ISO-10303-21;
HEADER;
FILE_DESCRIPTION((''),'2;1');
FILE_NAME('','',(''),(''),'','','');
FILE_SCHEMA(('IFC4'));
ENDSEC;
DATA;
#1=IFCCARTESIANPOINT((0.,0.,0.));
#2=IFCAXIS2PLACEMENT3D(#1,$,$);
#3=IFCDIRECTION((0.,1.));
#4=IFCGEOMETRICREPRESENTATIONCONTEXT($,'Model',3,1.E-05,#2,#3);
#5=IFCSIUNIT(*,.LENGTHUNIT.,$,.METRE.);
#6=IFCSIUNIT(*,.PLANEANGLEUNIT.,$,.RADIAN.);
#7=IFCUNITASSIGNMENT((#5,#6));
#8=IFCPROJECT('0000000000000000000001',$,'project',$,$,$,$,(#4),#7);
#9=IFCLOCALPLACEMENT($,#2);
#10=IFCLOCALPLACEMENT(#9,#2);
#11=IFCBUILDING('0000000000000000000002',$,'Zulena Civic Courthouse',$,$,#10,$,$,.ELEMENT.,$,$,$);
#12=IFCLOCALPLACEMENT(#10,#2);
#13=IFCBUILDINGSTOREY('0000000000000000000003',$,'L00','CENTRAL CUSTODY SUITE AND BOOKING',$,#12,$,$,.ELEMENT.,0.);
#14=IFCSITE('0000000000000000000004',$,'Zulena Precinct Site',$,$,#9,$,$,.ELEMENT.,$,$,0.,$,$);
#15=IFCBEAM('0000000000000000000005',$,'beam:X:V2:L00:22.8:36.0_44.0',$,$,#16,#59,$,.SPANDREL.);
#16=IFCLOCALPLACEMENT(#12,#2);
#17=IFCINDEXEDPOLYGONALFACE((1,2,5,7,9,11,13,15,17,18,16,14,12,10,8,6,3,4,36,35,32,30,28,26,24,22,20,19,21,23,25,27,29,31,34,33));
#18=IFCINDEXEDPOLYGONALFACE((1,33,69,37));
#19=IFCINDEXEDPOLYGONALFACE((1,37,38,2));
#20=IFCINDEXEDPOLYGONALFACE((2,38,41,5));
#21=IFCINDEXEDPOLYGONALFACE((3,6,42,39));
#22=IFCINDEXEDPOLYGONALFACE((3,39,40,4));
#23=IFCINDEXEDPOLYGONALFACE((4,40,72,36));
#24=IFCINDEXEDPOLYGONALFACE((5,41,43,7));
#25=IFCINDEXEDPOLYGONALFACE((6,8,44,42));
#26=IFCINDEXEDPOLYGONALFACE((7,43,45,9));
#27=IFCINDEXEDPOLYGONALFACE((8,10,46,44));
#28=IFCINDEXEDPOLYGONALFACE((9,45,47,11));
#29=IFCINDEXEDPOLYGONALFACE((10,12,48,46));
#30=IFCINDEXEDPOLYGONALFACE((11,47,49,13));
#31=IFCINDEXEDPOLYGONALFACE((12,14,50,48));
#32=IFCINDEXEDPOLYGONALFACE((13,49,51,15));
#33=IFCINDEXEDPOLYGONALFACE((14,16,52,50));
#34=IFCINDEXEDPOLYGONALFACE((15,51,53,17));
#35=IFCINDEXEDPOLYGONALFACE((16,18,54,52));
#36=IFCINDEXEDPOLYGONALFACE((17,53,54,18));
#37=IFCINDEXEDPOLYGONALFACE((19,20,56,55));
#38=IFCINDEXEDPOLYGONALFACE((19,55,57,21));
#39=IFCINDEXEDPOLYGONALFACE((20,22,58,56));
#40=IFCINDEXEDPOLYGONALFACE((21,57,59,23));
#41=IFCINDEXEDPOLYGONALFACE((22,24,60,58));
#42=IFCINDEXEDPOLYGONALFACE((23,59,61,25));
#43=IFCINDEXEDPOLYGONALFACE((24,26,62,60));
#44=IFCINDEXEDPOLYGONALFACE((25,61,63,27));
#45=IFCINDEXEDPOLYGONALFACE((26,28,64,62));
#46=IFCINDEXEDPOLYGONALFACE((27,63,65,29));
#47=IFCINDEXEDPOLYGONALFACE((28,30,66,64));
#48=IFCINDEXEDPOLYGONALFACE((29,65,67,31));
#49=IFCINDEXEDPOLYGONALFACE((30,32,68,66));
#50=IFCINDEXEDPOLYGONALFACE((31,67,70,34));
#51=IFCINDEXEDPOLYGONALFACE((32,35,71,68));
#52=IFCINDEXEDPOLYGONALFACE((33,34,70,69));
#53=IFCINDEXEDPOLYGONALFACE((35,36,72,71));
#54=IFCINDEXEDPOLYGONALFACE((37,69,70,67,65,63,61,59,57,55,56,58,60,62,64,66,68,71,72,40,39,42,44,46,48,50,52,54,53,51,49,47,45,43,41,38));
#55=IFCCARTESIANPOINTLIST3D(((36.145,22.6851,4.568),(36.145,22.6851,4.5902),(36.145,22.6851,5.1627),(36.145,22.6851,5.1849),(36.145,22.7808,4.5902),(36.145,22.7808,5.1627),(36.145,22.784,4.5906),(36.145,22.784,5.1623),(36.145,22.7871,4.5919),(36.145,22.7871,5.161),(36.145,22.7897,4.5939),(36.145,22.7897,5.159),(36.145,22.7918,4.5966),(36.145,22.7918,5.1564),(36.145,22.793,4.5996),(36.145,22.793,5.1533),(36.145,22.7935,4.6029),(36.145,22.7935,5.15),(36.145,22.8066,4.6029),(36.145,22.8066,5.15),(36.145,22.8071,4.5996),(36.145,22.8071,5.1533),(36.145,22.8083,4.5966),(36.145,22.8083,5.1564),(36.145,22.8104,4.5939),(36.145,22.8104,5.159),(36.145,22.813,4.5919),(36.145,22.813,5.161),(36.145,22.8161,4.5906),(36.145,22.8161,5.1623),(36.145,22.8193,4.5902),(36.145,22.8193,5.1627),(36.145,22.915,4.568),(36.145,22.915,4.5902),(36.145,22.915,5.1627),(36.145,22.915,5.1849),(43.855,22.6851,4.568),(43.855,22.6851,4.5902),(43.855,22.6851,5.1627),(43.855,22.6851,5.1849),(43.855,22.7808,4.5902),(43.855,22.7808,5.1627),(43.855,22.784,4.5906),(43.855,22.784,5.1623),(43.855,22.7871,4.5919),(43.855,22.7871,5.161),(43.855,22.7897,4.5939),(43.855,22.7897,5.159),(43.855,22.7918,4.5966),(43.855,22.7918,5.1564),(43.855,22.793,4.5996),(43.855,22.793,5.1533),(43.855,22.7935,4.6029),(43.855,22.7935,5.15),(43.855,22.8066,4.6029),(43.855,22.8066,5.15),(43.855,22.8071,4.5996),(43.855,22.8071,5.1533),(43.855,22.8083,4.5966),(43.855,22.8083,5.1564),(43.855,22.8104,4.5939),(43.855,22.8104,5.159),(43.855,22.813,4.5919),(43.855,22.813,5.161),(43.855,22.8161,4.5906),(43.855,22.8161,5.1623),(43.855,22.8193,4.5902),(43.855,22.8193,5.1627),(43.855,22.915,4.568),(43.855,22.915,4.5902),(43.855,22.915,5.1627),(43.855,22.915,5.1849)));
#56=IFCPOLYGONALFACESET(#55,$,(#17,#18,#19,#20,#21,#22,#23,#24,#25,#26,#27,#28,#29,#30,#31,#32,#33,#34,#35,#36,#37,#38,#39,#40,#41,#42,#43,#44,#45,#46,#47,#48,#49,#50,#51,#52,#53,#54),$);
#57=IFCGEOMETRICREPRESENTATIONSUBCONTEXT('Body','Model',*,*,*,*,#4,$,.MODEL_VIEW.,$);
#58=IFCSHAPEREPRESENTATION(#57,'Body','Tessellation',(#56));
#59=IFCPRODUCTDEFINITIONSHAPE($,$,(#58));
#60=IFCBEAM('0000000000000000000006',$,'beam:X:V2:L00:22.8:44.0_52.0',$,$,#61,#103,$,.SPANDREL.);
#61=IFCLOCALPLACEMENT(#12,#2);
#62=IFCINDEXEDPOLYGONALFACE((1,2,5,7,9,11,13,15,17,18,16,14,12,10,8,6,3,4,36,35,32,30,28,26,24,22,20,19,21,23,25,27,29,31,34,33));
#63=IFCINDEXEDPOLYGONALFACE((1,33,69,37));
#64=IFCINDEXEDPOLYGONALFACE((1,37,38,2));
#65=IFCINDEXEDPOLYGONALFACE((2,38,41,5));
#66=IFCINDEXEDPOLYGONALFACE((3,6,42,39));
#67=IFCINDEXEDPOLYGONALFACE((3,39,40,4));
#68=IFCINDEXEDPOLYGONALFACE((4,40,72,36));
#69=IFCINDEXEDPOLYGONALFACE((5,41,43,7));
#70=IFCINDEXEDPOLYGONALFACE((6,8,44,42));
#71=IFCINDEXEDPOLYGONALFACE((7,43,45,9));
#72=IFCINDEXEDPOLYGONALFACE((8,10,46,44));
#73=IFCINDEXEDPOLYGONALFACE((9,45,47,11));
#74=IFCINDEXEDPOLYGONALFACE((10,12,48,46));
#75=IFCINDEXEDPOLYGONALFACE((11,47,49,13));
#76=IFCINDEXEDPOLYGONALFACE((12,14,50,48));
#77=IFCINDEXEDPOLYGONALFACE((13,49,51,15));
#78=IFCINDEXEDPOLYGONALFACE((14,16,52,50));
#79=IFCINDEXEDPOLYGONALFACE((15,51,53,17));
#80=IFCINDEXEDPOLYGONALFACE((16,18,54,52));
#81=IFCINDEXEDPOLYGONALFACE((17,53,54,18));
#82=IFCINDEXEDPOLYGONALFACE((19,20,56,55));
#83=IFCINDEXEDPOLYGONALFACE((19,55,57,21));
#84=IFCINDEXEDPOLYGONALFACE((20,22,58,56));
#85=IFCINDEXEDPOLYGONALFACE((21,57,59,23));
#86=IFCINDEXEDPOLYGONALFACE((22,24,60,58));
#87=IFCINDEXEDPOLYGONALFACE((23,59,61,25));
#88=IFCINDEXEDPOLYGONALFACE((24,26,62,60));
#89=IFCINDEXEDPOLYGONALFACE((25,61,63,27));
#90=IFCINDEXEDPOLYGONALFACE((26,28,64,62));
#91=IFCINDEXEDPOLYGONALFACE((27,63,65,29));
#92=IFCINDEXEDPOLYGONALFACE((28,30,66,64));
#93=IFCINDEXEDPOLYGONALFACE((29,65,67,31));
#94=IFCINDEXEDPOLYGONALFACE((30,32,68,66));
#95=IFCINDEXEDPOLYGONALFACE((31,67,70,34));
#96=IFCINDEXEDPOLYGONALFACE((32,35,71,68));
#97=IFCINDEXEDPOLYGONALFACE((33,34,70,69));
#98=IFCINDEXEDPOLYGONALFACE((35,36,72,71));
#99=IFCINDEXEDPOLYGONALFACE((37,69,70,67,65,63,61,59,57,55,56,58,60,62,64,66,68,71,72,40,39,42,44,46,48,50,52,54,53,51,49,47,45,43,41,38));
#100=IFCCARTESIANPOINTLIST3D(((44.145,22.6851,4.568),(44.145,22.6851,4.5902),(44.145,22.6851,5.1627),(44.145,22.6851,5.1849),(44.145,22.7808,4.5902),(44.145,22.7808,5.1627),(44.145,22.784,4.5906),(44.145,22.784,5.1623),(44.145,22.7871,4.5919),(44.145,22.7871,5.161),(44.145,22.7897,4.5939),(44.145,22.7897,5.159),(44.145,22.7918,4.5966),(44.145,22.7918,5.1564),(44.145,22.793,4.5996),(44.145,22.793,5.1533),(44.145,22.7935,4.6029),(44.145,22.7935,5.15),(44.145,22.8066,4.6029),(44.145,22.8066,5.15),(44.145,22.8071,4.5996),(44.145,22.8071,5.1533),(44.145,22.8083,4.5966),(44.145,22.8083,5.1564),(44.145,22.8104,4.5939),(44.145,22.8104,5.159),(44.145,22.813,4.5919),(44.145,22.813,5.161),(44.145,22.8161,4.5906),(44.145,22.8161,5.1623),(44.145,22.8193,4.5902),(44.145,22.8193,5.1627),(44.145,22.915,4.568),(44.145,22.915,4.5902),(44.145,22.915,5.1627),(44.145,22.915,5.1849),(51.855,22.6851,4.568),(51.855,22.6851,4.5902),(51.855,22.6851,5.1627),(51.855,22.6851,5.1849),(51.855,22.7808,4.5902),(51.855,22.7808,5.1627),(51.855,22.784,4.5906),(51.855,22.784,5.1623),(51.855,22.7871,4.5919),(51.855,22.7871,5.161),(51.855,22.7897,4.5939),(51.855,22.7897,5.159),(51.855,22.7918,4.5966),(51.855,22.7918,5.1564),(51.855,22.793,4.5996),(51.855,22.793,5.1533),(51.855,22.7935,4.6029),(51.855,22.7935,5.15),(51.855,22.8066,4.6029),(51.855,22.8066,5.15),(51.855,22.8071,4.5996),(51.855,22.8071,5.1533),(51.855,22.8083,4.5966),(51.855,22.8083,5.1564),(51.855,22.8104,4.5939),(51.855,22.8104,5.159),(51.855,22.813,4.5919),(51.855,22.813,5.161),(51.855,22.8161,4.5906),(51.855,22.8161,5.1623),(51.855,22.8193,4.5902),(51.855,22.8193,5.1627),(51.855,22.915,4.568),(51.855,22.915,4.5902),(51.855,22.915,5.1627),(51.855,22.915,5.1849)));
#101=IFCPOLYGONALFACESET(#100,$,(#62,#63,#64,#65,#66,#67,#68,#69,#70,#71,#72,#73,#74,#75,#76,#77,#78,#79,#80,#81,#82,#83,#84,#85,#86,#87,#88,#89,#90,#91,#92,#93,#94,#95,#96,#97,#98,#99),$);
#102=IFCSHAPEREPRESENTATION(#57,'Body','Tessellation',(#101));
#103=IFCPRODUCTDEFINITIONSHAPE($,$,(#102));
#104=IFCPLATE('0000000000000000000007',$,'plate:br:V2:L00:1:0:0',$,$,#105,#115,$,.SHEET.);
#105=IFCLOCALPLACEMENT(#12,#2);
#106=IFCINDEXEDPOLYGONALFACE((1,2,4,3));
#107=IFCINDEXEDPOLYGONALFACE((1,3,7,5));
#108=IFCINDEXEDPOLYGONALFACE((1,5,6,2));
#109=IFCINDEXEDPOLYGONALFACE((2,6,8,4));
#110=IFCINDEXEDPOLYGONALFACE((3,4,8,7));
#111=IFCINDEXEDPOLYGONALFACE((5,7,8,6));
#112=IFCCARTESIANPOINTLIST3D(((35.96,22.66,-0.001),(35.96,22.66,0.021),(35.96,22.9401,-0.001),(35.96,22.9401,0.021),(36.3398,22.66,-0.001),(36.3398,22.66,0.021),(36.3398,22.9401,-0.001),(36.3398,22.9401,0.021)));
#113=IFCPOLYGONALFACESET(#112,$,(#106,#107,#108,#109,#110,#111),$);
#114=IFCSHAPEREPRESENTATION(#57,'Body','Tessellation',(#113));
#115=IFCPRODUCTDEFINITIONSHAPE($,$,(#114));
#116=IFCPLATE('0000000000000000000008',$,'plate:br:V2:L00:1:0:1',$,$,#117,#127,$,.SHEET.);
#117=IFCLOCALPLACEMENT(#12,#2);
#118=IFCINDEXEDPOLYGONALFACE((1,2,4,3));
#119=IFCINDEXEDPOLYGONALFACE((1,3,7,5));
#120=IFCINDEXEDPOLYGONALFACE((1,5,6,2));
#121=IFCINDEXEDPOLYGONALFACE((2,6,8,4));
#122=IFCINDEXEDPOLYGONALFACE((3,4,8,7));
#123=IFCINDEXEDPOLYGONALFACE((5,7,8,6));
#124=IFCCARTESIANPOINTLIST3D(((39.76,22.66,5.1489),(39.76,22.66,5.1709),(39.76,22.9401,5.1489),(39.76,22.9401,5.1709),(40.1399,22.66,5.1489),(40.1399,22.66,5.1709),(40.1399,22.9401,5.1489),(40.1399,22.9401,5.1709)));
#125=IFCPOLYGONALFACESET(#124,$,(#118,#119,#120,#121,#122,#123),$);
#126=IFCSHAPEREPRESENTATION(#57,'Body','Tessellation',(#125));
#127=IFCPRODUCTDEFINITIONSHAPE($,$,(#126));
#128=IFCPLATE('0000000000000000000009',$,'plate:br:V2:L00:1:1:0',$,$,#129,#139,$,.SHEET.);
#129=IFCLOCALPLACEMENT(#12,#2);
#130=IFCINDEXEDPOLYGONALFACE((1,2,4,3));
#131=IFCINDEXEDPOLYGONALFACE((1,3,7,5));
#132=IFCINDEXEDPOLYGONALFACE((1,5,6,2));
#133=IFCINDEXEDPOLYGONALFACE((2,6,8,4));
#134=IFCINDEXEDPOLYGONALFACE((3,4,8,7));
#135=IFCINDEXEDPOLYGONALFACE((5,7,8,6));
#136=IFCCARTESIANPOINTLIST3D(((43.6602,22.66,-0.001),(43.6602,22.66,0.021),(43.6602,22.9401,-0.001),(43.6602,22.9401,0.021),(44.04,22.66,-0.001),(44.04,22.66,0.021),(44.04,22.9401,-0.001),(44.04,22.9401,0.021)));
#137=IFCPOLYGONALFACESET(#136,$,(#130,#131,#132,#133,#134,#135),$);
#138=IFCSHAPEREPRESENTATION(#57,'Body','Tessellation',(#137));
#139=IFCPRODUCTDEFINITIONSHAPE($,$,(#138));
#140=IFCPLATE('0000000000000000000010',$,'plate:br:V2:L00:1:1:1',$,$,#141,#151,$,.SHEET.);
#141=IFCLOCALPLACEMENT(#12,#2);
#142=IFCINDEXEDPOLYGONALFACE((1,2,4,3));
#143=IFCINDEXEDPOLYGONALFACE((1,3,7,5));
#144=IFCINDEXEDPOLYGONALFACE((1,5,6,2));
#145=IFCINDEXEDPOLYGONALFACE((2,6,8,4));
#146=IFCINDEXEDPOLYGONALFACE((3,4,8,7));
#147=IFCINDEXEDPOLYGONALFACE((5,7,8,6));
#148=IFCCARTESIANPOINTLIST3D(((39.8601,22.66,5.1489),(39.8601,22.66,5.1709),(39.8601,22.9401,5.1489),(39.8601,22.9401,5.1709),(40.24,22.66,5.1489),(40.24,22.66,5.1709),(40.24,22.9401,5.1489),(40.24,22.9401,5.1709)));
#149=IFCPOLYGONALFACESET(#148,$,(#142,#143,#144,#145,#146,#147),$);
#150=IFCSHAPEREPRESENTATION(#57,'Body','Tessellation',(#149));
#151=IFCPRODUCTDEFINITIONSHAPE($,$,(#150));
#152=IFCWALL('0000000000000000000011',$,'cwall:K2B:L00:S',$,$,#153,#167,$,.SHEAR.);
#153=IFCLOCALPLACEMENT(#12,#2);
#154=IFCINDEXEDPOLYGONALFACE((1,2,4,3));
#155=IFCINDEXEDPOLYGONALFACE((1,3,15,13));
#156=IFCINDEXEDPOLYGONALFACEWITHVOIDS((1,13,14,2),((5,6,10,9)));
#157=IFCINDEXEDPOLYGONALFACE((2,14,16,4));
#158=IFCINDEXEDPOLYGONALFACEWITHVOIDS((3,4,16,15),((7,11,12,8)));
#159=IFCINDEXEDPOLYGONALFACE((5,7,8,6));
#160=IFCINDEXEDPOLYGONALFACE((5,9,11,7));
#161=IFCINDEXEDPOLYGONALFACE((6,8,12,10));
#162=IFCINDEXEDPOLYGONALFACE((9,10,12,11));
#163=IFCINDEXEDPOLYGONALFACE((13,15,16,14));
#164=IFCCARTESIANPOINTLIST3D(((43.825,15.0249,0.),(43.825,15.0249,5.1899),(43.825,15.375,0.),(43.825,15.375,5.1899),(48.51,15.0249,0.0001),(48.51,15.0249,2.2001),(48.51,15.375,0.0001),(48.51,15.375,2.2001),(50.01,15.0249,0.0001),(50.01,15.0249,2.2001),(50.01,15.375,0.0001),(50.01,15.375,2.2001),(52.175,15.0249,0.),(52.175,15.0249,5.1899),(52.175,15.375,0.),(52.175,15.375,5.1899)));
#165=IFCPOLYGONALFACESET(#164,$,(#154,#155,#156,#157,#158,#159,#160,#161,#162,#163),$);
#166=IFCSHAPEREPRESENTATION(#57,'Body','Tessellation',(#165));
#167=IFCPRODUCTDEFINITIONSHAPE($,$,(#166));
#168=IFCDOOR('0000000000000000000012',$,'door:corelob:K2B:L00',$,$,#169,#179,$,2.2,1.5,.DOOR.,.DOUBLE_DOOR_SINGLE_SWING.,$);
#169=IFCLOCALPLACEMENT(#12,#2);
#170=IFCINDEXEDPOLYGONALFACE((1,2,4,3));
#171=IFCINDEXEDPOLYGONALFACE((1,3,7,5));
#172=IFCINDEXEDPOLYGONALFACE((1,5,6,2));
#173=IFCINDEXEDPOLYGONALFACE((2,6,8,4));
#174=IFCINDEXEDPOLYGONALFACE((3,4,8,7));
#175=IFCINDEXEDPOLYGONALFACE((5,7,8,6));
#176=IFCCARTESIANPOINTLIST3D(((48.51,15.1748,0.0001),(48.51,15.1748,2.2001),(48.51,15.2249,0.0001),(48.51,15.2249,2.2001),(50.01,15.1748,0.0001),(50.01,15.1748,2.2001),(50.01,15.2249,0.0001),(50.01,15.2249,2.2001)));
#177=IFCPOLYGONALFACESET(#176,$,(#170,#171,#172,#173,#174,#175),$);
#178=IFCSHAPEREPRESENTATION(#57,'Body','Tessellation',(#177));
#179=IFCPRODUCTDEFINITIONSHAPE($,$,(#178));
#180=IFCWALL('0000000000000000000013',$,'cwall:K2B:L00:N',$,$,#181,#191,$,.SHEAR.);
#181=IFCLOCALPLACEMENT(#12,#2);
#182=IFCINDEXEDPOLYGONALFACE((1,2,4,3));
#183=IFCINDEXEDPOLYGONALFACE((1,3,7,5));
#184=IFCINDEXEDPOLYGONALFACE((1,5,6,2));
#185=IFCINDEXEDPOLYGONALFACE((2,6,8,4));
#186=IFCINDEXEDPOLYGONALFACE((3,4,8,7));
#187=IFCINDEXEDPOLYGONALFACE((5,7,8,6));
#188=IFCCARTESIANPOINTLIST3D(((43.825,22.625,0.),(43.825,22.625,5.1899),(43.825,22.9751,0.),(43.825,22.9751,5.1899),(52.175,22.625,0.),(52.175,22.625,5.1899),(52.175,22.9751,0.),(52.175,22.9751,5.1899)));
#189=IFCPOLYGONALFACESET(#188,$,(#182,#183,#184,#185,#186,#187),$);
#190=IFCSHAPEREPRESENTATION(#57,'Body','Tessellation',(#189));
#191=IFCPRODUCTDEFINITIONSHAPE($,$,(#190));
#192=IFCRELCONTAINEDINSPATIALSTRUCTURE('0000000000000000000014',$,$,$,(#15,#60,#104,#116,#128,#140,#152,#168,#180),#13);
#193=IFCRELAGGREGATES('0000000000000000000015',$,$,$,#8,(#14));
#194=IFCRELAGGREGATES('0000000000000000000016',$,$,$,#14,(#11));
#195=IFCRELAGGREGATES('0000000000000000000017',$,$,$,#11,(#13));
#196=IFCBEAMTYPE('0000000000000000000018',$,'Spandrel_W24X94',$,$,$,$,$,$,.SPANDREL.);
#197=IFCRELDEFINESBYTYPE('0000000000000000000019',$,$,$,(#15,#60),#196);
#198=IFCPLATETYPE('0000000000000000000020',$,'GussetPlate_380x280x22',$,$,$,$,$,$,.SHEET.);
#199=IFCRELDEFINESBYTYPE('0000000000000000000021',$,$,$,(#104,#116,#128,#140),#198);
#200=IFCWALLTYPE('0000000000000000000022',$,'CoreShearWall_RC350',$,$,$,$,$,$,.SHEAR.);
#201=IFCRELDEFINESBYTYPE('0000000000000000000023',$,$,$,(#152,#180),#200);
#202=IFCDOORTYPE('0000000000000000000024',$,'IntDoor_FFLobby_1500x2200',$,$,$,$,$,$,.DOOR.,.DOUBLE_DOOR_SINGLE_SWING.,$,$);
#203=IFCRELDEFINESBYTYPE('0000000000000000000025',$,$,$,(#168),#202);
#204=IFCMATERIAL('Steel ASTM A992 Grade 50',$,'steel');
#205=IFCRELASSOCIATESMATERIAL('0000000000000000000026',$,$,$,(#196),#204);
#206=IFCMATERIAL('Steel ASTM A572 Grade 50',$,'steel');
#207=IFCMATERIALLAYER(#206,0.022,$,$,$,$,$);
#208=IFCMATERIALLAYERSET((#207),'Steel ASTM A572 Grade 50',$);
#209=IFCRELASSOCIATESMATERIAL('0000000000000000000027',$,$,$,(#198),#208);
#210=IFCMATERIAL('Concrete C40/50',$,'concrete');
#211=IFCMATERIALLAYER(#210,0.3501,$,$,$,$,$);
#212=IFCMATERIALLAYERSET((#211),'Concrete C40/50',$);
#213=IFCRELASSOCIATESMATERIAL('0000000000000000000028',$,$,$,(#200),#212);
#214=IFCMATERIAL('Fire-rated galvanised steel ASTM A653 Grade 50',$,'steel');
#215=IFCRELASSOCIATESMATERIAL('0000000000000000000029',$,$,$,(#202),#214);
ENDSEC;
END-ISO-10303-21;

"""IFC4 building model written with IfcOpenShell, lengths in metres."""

from ifc_helpers import new_model, si_unit, direction, frame, frame_2d, origin, origin_2d, place, context, subcontext, project, spatial, rectangle, i_section, extrude, material, layer, layer_set, material_profile, profile_set, type_object, element, fill, save


model = new_model("IFC4")

# Units and contexts
model_context = context("Model", 3, precision=1e-05, world=origin(), true_north=direction((0.0, 1.0)))
body_context = subcontext(model_context, "Body", "Model", "MODEL_VIEW")
ifc_project = project(units=[si_unit("LENGTHUNIT", "METRE"), si_unit("PLANEANGLEUNIT", "RADIAN")], contexts=[model_context])

# Site, building, storey
site_placement = place(None, origin())
site = spatial("IfcSite", under=ifc_project, at=site_placement, Name="Zulena Precinct Site", CompositionType="ELEMENT", RefElevation=0.0)
building_placement = place(site_placement, origin())
building = spatial("IfcBuilding", under=site, at=building_placement, Name="Zulena Civic Courthouse", CompositionType="ELEMENT")
storey_placement = place(building_placement, origin())
storey = spatial("IfcBuildingStorey", under=building, at=storey_placement, Name="L00", Description="CENTRAL CUSTODY SUITE AND BOOKING", CompositionType="ELEMENT", Elevation=0.0)

# Shared definitions
ifc_material_1 = material(Name="Concrete C40/50", Category="concrete")

# Shared definitions
ifc_material_2 = material(Name="Steel ASTM A992 Grade 50", Category="steel")

# Beams
ifc_material_profile_1 = material_profile(ifc_material_2, i_section(OverallWidth=0.23, OverallDepth=0.6169, WebThickness=0.0132, FlangeThickness=0.0222, FilletRadius=0.0127, at=origin_2d()), Name="W24X94")
ifc_profile_set_1 = profile_set([ifc_material_profile_1], Name="Steel ASTM A992 Grade 50")
beam_type_1 = type_object("IfcBeamType", Name="Spandrel_W24X94", PredefinedType="SPANDREL", material=ifc_profile_set_1)
for number, where, z_axis, x_axis, name in (
    (1, (36.145, 22.8, 4.8765), (1.0, 0.0, 0.0), (0.0, 1.0, 0.0), "beam:X:V2:L00:22.8:36.0_44.0"),
    (2, (44.145, 22.8, 4.8765), (1.0, 0.0, 0.0), (0.0, 1.0, 0.0), "beam:X:V2:L00:22.8:44.0_52.0"),
):
    element("IfcBeam", number, at=place(storey_placement, frame(where, z_axis=z_axis, x_axis=x_axis)), inside=storey, type_object=beam_type_1, Name=name, PredefinedType="SPANDREL", context=body_context, shape_type="SweptSolid", body=[
        extrude(i_section(OverallWidth=0.23, OverallDepth=0.6169, WebThickness=0.0132, FlangeThickness=0.0222, FilletRadius=0.0127, at=origin_2d()), origin(), (0.0, 0.0, 1.0), 7.71),
    ])

# Plates
ifc_material_3 = material(Name="Steel ASTM A572 Grade 50", Category="steel")
ifc_layer_1 = layer(ifc_material_3, 0.022)
ifc_layer_set_1 = layer_set([ifc_layer_1], Name="Steel ASTM A572 Grade 50")
plate_type = type_object("IfcPlateType", Name="GussetPlate_380x280x22", PredefinedType="SHEET", material=ifc_layer_set_1)
for number, where, z_axis, x_axis, name in (
    (3, (36.1499, 22.8, -0.001), (0.0, 0.0, 1.0), (1.0, 0.0, 0.0), "plate:br:V2:L00:1:0:0"),
    (4, (39.95, 22.8, 5.1489), (0.0, 0.0, 1.0), (1.0, 0.0, 0.0), "plate:br:V2:L00:1:0:1"),
    (5, (43.8501, 22.8, -0.001), (0.0, 0.0, 1.0), (1.0, 0.0, 0.0), "plate:br:V2:L00:1:1:0"),
    (6, (40.05, 22.8, 5.1489), (0.0, 0.0, 1.0), (1.0, 0.0, 0.0), "plate:br:V2:L00:1:1:1"),
):
    element("IfcPlate", number, at=place(storey_placement, frame(where, z_axis=z_axis, x_axis=x_axis)), inside=storey, type_object=plate_type, Name=name, PredefinedType="SHEET", context=body_context, shape_type="SweptSolid", body=[
        extrude(rectangle(XDim=0.3799, YDim=0.28, at=origin_2d()), origin(), (0.0, 0.0, 1.0), 0.022),
    ])

# Wall, opening, door
ifc_layer_2 = layer(ifc_material_1, 0.3501)
ifc_layer_set_2 = layer_set([ifc_layer_2], Name="Concrete C40/50")
wall_type = type_object("IfcWallType", Name="CoreShearWall_RC350", PredefinedType="SHEAR", material=ifc_layer_set_2)
wall_1_placement = place(storey_placement, frame((43.825, 15.2, 0.0), z_axis=(0.0, 0.0, 1.0), x_axis=(1.0, 0.0, 0.0)))
wall_1 = element("IfcWall", 7, at=wall_1_placement, inside=storey, type_object=wall_type, Name="cwall:K2B:L00:S", PredefinedType="SHEAR", context=body_context, shape_type="SweptSolid", body=[
    extrude(rectangle(XDim=8.3501, YDim=0.3501, at=frame_2d((4.175, 0.0))), origin(), (0.0, 0.0, 1.0), 5.1899),
])
opening_placement = place(wall_1_placement, frame((4.6851, 0.0, 0.0)))
opening = element("IfcOpeningElement", 8, at=opening_placement, cuts=wall_1, PredefinedType="OPENING", context=body_context, shape_type="SweptSolid", body=[
    extrude(rectangle(XDim=1.5, YDim=2.2, at=frame_2d((0.75, 1.1001))), frame((0.0, 0.1851, 0.0), z_axis=(0.0, -1.0, 0.0), x_axis=(1.0, 0.0, 0.0)), (0.0, 0.0, 1.0), 0.3701),
])
ifc_material_4 = material(Name="Fire-rated galvanised steel ASTM A653 Grade 50", Category="steel")
door_type = type_object("IfcDoorType", Name="IntDoor_FFLobby_1500x2200", OperationType="DOUBLE_DOOR_SINGLE_SWING", PredefinedType="DOOR", material=ifc_material_4)
door_placement = place(opening_placement, origin())
door = element("IfcDoor", 9, at=door_placement, inside=storey, type_object=door_type, Name="door:corelob:K2B:L00", OperationType="DOUBLE_DOOR_SINGLE_SWING", OverallHeight=2.2, OverallWidth=1.5, PredefinedType="DOOR", context=body_context, shape_type="SweptSolid", body=[
    extrude(rectangle(XDim=1.5, YDim=2.2, at=frame_2d((0.75, 1.1001))), frame((0.0, 0.0249, 0.0), z_axis=(0.0, -1.0, 0.0), x_axis=(1.0, 0.0, 0.0)), (0.0, 0.0, 1.0), 0.05),
])
fill(opening, door)

# Wall
wall_2_placement = place(storey_placement, frame((43.825, 22.8, 0.0), z_axis=(0.0, 0.0, 1.0), x_axis=(1.0, 0.0, 0.0)))
element("IfcWall", 10, at=wall_2_placement, inside=storey, type_object=wall_type, Name="cwall:K2B:L00:N", PredefinedType="SHEAR", context=body_context, shape_type="SweptSolid", body=[
    extrude(rectangle(XDim=8.3501, YDim=0.3501, at=frame_2d((4.175, 0.0))), origin(), (0.0, 0.0, 1.0), 5.1899),
])

save(model, "model.ifc")
